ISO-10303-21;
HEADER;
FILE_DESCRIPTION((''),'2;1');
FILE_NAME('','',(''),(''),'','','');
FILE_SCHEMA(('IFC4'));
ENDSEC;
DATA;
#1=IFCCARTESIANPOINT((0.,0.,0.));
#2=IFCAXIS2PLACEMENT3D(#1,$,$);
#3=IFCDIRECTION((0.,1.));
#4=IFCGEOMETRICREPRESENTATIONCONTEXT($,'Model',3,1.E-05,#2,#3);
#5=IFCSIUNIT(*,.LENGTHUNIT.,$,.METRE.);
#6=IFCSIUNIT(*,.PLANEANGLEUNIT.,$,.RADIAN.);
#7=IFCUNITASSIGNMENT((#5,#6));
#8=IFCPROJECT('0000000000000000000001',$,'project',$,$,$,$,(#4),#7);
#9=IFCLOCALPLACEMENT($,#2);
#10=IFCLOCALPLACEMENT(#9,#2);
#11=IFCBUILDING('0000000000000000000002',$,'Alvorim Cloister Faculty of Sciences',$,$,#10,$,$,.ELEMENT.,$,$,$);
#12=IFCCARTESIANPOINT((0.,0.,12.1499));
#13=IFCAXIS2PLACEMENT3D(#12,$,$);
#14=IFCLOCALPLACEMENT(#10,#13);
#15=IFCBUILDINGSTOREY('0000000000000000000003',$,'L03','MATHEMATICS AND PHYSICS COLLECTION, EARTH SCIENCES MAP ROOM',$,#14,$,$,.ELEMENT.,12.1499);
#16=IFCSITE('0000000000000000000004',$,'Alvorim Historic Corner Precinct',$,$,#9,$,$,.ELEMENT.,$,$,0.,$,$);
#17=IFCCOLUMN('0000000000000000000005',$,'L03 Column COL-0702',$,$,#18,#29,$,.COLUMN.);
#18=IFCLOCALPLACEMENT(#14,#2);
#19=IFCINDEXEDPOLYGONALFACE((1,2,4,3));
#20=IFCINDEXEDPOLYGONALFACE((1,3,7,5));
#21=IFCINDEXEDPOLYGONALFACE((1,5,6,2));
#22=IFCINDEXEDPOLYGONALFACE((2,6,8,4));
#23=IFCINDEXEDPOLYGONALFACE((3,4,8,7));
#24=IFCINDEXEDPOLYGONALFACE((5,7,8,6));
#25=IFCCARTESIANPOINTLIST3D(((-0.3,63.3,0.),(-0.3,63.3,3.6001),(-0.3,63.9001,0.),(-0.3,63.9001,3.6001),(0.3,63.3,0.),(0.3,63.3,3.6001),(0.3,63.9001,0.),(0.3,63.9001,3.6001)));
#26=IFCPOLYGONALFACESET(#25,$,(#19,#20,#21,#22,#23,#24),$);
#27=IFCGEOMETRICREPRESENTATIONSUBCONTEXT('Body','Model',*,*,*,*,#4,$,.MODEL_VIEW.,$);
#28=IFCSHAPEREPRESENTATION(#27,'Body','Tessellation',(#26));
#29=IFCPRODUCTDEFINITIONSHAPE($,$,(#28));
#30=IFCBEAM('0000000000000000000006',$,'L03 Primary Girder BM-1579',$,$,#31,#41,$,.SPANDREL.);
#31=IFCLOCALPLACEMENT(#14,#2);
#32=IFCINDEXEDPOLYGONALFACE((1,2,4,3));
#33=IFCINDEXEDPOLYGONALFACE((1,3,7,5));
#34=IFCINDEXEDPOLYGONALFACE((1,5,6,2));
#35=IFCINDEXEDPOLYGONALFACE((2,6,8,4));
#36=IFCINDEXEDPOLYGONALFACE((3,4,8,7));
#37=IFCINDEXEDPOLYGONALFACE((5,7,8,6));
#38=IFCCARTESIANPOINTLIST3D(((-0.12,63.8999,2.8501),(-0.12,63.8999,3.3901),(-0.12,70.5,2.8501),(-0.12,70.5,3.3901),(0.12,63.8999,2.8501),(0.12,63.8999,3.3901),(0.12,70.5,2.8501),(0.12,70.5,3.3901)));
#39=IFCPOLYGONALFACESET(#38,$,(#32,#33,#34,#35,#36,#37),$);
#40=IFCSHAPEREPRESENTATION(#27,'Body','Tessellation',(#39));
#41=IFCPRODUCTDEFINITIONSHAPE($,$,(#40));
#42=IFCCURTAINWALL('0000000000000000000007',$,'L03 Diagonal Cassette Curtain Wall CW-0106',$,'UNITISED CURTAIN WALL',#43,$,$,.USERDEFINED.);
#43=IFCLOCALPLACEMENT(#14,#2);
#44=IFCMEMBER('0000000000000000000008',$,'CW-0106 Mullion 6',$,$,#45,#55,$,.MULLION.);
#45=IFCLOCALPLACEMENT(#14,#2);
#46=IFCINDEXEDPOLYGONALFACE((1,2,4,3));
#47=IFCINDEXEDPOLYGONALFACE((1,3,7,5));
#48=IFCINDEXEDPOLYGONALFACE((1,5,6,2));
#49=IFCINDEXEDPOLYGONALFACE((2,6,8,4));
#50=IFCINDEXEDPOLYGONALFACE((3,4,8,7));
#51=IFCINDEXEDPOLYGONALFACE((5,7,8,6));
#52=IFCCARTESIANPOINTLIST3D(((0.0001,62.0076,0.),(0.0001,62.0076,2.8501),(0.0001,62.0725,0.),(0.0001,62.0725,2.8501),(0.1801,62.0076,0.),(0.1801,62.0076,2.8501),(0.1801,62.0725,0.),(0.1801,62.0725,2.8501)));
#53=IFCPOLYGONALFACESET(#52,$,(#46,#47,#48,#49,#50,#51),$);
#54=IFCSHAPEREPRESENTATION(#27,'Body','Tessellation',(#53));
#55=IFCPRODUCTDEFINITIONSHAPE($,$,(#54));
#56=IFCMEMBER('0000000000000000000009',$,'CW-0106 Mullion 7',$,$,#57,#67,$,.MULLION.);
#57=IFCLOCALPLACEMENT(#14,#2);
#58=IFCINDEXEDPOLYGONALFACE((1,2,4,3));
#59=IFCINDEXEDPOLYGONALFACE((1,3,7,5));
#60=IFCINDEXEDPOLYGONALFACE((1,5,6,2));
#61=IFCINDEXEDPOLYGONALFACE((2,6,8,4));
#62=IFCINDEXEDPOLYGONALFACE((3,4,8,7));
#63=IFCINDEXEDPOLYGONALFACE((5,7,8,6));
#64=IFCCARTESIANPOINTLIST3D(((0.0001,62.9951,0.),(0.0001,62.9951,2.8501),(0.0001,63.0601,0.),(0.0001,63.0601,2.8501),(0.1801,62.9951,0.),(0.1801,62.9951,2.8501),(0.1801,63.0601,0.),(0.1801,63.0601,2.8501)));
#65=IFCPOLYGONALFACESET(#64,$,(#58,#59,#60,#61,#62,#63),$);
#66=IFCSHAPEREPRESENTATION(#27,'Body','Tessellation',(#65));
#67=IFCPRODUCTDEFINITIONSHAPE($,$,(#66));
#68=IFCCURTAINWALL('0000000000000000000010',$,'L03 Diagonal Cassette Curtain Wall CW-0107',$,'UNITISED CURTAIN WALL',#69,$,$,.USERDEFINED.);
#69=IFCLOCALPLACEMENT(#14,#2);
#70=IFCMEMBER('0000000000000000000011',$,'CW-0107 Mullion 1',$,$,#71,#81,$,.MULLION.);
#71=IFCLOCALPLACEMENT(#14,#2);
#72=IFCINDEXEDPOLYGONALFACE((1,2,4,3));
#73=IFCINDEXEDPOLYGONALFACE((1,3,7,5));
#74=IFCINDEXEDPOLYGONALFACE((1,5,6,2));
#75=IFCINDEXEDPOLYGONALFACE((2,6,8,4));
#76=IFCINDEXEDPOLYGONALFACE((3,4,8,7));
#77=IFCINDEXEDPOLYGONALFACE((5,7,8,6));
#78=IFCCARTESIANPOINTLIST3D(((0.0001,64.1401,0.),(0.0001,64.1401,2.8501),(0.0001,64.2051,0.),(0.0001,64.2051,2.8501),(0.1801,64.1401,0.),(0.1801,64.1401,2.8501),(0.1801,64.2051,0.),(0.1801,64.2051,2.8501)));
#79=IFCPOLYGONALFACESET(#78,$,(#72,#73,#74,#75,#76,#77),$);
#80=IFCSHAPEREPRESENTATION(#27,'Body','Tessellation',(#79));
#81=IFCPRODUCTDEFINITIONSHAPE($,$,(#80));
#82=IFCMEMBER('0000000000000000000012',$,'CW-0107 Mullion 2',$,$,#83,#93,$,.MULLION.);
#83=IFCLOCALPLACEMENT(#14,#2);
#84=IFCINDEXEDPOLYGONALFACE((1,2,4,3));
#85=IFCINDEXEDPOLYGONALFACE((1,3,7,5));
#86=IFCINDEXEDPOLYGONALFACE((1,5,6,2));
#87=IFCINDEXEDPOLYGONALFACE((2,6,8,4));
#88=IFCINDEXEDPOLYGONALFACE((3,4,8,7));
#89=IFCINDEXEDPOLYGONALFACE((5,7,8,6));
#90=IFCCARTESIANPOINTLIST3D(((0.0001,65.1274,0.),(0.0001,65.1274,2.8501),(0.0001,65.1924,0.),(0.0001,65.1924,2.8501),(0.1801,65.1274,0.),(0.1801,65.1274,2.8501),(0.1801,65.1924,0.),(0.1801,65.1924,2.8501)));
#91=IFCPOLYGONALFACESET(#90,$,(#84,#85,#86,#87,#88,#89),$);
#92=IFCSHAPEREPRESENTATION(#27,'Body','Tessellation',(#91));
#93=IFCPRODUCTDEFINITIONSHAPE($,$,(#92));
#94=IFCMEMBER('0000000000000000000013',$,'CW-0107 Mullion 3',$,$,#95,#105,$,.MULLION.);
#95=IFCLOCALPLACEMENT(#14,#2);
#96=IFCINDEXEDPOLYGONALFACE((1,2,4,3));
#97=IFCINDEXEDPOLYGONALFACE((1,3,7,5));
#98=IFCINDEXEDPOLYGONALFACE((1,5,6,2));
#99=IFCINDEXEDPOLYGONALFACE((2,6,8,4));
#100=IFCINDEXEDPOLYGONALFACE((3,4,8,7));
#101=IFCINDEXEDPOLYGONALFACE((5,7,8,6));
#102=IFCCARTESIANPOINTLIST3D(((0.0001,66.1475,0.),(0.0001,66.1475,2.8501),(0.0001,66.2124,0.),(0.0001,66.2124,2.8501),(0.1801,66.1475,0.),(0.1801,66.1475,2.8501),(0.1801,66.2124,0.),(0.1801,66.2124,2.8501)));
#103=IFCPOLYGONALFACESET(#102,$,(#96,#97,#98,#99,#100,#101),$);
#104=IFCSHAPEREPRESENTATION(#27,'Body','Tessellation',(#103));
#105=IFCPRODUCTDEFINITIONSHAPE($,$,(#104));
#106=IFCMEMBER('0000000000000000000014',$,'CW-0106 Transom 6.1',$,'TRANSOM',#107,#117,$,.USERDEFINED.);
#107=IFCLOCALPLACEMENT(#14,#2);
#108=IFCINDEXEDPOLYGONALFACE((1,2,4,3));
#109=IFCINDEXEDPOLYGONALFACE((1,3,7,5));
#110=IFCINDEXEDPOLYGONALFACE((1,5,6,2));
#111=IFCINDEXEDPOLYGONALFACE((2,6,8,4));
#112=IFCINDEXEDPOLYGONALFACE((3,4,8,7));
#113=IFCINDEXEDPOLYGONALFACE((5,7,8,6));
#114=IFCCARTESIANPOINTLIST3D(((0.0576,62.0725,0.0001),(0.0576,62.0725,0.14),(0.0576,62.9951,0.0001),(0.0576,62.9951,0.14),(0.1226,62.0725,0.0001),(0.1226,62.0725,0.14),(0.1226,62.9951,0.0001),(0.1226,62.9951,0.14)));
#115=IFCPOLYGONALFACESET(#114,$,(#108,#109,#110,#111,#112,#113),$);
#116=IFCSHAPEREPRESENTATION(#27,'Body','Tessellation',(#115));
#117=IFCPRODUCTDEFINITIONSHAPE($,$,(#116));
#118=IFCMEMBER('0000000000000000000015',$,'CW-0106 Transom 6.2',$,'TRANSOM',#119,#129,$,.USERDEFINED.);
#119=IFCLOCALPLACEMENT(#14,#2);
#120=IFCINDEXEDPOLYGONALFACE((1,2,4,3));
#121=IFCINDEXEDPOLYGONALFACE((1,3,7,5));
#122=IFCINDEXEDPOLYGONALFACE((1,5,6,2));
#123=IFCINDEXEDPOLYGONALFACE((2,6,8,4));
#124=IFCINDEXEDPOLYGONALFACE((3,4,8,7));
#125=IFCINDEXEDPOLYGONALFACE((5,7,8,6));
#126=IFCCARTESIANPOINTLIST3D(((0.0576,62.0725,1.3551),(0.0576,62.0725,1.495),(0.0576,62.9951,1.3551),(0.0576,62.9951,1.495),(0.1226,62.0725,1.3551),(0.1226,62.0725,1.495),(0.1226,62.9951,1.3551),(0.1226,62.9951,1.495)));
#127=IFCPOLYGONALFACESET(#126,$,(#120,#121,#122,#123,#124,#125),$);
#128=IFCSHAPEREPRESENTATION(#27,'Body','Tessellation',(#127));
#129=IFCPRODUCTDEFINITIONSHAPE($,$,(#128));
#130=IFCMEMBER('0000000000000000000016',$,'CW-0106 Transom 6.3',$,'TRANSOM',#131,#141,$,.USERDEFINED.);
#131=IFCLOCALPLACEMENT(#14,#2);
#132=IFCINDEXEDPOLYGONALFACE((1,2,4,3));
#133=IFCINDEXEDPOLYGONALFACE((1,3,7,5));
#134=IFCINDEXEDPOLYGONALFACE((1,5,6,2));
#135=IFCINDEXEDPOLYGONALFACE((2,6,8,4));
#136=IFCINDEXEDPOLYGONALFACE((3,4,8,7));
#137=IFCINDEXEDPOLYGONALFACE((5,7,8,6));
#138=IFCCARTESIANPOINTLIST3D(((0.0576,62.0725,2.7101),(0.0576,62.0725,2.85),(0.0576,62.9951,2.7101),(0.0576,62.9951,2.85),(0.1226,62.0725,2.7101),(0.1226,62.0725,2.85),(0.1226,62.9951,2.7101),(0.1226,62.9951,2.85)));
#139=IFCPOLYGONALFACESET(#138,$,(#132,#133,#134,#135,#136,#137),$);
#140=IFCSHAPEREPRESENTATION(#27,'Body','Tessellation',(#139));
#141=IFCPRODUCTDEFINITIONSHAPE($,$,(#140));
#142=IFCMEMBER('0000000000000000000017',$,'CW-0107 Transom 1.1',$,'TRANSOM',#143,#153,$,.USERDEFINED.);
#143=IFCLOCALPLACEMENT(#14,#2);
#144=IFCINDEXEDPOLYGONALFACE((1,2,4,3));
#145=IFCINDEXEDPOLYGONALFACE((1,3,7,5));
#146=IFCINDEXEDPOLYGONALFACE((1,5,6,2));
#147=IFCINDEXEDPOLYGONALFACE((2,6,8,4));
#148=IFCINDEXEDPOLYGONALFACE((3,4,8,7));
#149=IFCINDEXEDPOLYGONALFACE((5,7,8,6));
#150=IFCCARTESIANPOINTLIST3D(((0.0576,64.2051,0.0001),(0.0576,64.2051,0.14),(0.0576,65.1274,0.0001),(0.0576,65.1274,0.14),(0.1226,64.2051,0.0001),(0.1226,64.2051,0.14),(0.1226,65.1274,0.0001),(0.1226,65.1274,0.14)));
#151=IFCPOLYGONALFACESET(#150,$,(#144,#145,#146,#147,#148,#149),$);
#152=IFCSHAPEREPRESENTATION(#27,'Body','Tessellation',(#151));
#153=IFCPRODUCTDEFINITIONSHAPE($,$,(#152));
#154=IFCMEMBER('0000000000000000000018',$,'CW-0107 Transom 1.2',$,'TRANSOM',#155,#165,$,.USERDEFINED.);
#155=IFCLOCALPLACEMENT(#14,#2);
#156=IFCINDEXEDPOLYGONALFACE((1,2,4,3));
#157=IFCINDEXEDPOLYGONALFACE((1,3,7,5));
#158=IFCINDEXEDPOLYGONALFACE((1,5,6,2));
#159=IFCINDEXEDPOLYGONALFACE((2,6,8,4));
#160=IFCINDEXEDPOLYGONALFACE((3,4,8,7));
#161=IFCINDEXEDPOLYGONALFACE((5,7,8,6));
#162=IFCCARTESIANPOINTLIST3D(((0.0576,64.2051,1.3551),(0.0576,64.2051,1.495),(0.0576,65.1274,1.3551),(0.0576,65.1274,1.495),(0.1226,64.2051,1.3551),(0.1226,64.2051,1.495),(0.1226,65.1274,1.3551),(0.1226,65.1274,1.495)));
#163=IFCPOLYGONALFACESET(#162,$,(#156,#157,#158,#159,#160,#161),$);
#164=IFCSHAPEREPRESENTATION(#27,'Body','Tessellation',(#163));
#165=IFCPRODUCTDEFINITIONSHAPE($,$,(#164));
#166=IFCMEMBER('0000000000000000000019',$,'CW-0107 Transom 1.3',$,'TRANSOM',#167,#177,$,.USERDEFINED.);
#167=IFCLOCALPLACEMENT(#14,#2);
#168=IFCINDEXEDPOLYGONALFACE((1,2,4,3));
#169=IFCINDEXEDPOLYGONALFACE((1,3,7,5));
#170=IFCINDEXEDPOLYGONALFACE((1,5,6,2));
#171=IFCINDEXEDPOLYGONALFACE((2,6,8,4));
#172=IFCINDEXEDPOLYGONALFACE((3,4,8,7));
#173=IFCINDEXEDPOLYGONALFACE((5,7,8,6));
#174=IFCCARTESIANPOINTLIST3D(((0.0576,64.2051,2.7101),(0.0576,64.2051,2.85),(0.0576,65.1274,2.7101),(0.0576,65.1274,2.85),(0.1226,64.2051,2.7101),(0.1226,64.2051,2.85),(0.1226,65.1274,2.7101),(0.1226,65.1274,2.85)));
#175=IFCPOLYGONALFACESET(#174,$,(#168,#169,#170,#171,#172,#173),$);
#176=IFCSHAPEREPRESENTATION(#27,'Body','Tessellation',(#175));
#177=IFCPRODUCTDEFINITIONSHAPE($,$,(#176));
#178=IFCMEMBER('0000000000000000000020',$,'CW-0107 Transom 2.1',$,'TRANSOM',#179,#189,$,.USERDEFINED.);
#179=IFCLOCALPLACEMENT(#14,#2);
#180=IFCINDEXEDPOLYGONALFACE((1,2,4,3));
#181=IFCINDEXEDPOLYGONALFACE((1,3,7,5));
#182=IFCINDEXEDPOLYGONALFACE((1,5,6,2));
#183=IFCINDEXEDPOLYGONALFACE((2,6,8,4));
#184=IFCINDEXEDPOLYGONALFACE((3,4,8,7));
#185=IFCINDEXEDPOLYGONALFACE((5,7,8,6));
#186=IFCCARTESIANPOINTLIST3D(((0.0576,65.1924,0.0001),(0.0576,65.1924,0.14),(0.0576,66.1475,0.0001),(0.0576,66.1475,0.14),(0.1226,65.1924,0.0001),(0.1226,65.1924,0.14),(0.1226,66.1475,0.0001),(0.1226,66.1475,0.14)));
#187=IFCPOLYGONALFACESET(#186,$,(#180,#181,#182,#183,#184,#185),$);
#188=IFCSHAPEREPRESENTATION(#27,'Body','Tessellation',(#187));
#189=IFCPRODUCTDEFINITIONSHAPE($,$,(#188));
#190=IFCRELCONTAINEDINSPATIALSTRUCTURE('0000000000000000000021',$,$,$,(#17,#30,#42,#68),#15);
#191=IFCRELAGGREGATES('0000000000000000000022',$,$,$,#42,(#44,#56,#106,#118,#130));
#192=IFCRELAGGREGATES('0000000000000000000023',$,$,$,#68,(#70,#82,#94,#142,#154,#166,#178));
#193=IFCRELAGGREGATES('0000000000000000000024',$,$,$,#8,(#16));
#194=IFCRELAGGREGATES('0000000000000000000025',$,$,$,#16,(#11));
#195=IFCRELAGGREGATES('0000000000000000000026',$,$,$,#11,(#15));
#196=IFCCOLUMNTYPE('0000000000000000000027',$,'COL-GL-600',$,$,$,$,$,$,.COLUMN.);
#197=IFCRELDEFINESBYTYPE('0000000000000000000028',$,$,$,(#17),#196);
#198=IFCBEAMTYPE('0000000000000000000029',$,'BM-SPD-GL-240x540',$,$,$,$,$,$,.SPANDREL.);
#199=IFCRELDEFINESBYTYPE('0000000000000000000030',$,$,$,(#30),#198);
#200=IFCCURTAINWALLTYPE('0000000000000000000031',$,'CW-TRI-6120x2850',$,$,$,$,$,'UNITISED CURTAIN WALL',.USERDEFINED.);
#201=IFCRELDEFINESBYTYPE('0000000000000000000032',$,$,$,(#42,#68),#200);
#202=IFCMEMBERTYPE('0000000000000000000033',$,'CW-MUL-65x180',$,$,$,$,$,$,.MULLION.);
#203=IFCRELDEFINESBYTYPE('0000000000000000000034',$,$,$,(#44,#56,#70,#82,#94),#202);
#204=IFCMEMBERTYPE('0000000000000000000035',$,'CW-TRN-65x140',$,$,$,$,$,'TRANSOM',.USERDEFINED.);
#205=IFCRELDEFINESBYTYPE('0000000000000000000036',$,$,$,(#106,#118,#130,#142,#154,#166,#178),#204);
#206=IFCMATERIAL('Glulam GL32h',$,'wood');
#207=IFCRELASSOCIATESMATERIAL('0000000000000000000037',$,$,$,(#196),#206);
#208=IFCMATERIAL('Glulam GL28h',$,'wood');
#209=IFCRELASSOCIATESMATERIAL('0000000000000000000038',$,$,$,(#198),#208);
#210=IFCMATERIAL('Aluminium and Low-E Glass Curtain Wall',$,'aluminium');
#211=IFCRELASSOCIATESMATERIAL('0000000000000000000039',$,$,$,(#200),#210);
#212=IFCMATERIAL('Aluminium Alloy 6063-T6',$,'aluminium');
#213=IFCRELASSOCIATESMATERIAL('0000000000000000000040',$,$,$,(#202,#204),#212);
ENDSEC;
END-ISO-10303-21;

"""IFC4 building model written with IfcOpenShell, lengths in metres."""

from ifc_helpers import new_model, si_unit, direction, frame, origin, origin_2d, place, context, subcontext, project, spatial, rectangle, extrude, material, material_profile, profile_set, type_object, element, aggregate, save


model = new_model("IFC4")

# Units and contexts
model_context = context("Model", 3, precision=1e-05, world=origin(), true_north=direction((0.0, 1.0)))
body_context = subcontext(model_context, "Body", "Model", "MODEL_VIEW")
ifc_project = project(units=[si_unit("LENGTHUNIT", "METRE"), si_unit("PLANEANGLEUNIT", "RADIAN")], contexts=[model_context])

# Site, building, storey
site_placement = place(None, origin())
site = spatial("IfcSite", under=ifc_project, at=site_placement, Name="Alvorim Historic Corner Precinct", CompositionType="ELEMENT", RefElevation=0.0)
building_placement = place(site_placement, origin())
building = spatial("IfcBuilding", under=site, at=building_placement, Name="Alvorim Cloister Faculty of Sciences", CompositionType="ELEMENT")
storey_placement = place(building_placement, frame((0.0, 0.0, 12.1499)))
storey = spatial("IfcBuildingStorey", under=building, at=storey_placement, Name="L03", Description="MATHEMATICS AND PHYSICS COLLECTION, EARTH SCIENCES MAP ROOM", CompositionType="ELEMENT", Elevation=12.1499)

# Column
ifc_material_1 = material(Name="Glulam GL32h", Category="wood")
ifc_material_profile_1 = material_profile(ifc_material_1, rectangle(XDim=0.6001, YDim=0.6001, at=origin_2d()), Name="GL32-COL-600x600")
ifc_profile_set_1 = profile_set([ifc_material_profile_1], Name="Glulam GL32h")
column_type = type_object("IfcColumnType", Name="COL-GL-600", PredefinedType="COLUMN", material=ifc_profile_set_1)
column_placement = place(storey_placement, frame((0.0, 63.6001, 0.0), z_axis=(0.0, 0.0, 1.0), x_axis=(1.0, 0.0, 0.0)))
element("IfcColumn", 1, at=column_placement, inside=storey, type_object=column_type, Name="L03 Column COL-0702", PredefinedType="COLUMN", context=body_context, shape_type="SweptSolid", body=[
    extrude(rectangle(XDim=0.6001, YDim=0.6001, at=origin_2d()), origin(), (0.0, 0.0, 1.0), 3.6001),
])

# Beam
ifc_material_2 = material(Name="Glulam GL28h", Category="wood")
ifc_material_profile_2 = material_profile(ifc_material_2, rectangle(XDim=0.24, YDim=0.54, at=origin_2d()), Name="GL28-SPD-240x540")
ifc_profile_set_2 = profile_set([ifc_material_profile_2], Name="Glulam GL28h")
beam_type = type_object("IfcBeamType", Name="BM-SPD-GL-240x540", PredefinedType="SPANDREL", material=ifc_profile_set_2)
beam_placement = place(storey_placement, frame((0.0, 63.8999, 3.1201), z_axis=(0.0, 1.0, 0.0), x_axis=(-1.0, 0.0, 0.0)))
element("IfcBeam", 2, at=beam_placement, inside=storey, type_object=beam_type, Name="L03 Primary Girder BM-1579", PredefinedType="SPANDREL", context=body_context, shape_type="SweptSolid", body=[
    extrude(rectangle(XDim=0.24, YDim=0.54, at=origin_2d()), origin(), (0.0, 0.0, 1.0), 6.6001),
])

# Curtain walls, members
ifc_material_3 = material(Name="Aluminium and Low-E Glass Curtain Wall", Category="aluminium")
curtain_wall_type = type_object("IfcCurtainWallType", Name="CW-TRI-6120x2850", ElementType="UNITISED CURTAIN WALL", PredefinedType="USERDEFINED", material=ifc_material_3)
curtain_wall_1_placement = place(storey_placement, origin())
curtain_wall_1 = element("IfcCurtainWall", 3, at=curtain_wall_1_placement, inside=storey, type_object=curtain_wall_type, Name="L03 Diagonal Cassette Curtain Wall CW-0106", ObjectType="UNITISED CURTAIN WALL", PredefinedType="USERDEFINED")
ifc_material_4 = material(Name="Aluminium Alloy 6063-T6", Category="aluminium")
ifc_material_profile_3 = material_profile(ifc_material_4, rectangle(XDim=0.0649, YDim=0.1799, at=origin_2d()), Name="ALU-MUL-65x180")
ifc_profile_set_3 = profile_set([ifc_material_profile_3], Name="Aluminium Alloy 6063-T6")
member_type_1 = type_object("IfcMemberType", Name="CW-MUL-65x180", PredefinedType="MULLION", material=ifc_profile_set_3)
member_1_placement = place(storey_placement, frame((0.0901, 62.04, 0.0), z_axis=(0.0, 0.0, 1.0), x_axis=(0.0, 1.0, 0.0)))
member_1 = element("IfcMember", 4, at=member_1_placement, type_object=member_type_1, Name="CW-0106 Mullion 6", PredefinedType="MULLION", context=body_context, shape_type="SweptSolid", body=[
    extrude(rectangle(XDim=0.0649, YDim=0.1799, at=origin_2d()), origin(), (0.0, 0.0, 1.0), 2.8501),
])
member_2_placement = place(storey_placement, frame((0.0901, 63.0276, 0.0), z_axis=(0.0, 0.0, 1.0), x_axis=(0.0, 1.0, 0.0)))
member_2 = element("IfcMember", 5, at=member_2_placement, type_object=member_type_1, Name="CW-0106 Mullion 7", PredefinedType="MULLION", context=body_context, shape_type="SweptSolid", body=[
    extrude(rectangle(XDim=0.0649, YDim=0.1799, at=origin_2d()), origin(), (0.0, 0.0, 1.0), 2.8501),
])
curtain_wall_2_placement = place(storey_placement, origin())
curtain_wall_2 = element("IfcCurtainWall", 6, at=curtain_wall_2_placement, inside=storey, type_object=curtain_wall_type, Name="L03 Diagonal Cassette Curtain Wall CW-0107", ObjectType="UNITISED CURTAIN WALL", PredefinedType="USERDEFINED")
member_3_placement = place(storey_placement, frame((0.0901, 64.1726, 0.0), z_axis=(0.0, 0.0, 1.0), x_axis=(0.0, 1.0, 0.0)))
member_3 = element("IfcMember", 7, at=member_3_placement, type_object=member_type_1, Name="CW-0107 Mullion 1", PredefinedType="MULLION", context=body_context, shape_type="SweptSolid", body=[
    extrude(rectangle(XDim=0.0649, YDim=0.1799, at=origin_2d()), origin(), (0.0, 0.0, 1.0), 2.8501),
])
member_4_placement = place(storey_placement, frame((0.0901, 65.1599, 0.0), z_axis=(0.0, 0.0, 1.0), x_axis=(0.0, 1.0, 0.0)))
member_4 = element("IfcMember", 8, at=member_4_placement, type_object=member_type_1, Name="CW-0107 Mullion 2", PredefinedType="MULLION", context=body_context, shape_type="SweptSolid", body=[
    extrude(rectangle(XDim=0.0649, YDim=0.1799, at=origin_2d()), origin(), (0.0, 0.0, 1.0), 2.8501),
])
member_5_placement = place(storey_placement, frame((0.0901, 66.1799, 0.0), z_axis=(0.0, 0.0, 1.0), x_axis=(0.0, 1.0, 0.0)))
member_5 = element("IfcMember", 9, at=member_5_placement, type_object=member_type_1, Name="CW-0107 Mullion 3", PredefinedType="MULLION", context=body_context, shape_type="SweptSolid", body=[
    extrude(rectangle(XDim=0.0649, YDim=0.1799, at=origin_2d()), origin(), (0.0, 0.0, 1.0), 2.8501),
])

# Members
ifc_material_profile_4 = material_profile(ifc_material_4, rectangle(XDim=0.0649, YDim=0.1399, at=origin_2d()), Name="ALU-TRN-65x140")
ifc_profile_set_4 = profile_set([ifc_material_profile_4], Name="Aluminium Alloy 6063-T6")
member_type_2 = type_object("IfcMemberType", Name="CW-TRN-65x140", ElementType="TRANSOM", PredefinedType="USERDEFINED", material=ifc_profile_set_4)
member_6_placement = place(storey_placement, frame((0.0901, 62.0725, 0.0701), z_axis=(0.0, 1.0, 0.0), x_axis=(-1.0, 0.0, 0.0)))
member_6 = element("IfcMember", 10, at=member_6_placement, type_object=member_type_2, Name="CW-0106 Transom 6.1", ObjectType="TRANSOM", PredefinedType="USERDEFINED", context=body_context, shape_type="SweptSolid", body=[
    extrude(rectangle(XDim=0.0649, YDim=0.1399, at=origin_2d()), origin(), (0.0, 0.0, 1.0), 0.9226),
])
member_7_placement = place(storey_placement, frame((0.0901, 62.0725, 1.425), z_axis=(0.0, 1.0, 0.0), x_axis=(-1.0, 0.0, 0.0)))
member_7 = element("IfcMember", 11, at=member_7_placement, type_object=member_type_2, Name="CW-0106 Transom 6.2", ObjectType="TRANSOM", PredefinedType="USERDEFINED", context=body_context, shape_type="SweptSolid", body=[
    extrude(rectangle(XDim=0.0649, YDim=0.1399, at=origin_2d()), origin(), (0.0, 0.0, 1.0), 0.9226),
])
member_8_placement = place(storey_placement, frame((0.0901, 62.0725, 2.78), z_axis=(0.0, 1.0, 0.0), x_axis=(-1.0, 0.0, 0.0)))
member_8 = element("IfcMember", 12, at=member_8_placement, type_object=member_type_2, Name="CW-0106 Transom 6.3", ObjectType="TRANSOM", PredefinedType="USERDEFINED", context=body_context, shape_type="SweptSolid", body=[
    extrude(rectangle(XDim=0.0649, YDim=0.1399, at=origin_2d()), origin(), (0.0, 0.0, 1.0), 0.9226),
])
member_9_placement = place(storey_placement, frame((0.0901, 64.2051, 0.0701), z_axis=(0.0, 1.0, 0.0), x_axis=(-1.0, 0.0, 0.0)))
member_9 = element("IfcMember", 13, at=member_9_placement, type_object=member_type_2, Name="CW-0107 Transom 1.1", ObjectType="TRANSOM", PredefinedType="USERDEFINED", context=body_context, shape_type="SweptSolid", body=[
    extrude(rectangle(XDim=0.0649, YDim=0.1399, at=origin_2d()), origin(), (0.0, 0.0, 1.0), 0.9224),
])
member_10_placement = place(storey_placement, frame((0.0901, 64.2051, 1.425), z_axis=(0.0, 1.0, 0.0), x_axis=(-1.0, 0.0, 0.0)))
member_10 = element("IfcMember", 14, at=member_10_placement, type_object=member_type_2, Name="CW-0107 Transom 1.2", ObjectType="TRANSOM", PredefinedType="USERDEFINED", context=body_context, shape_type="SweptSolid", body=[
    extrude(rectangle(XDim=0.0649, YDim=0.1399, at=origin_2d()), origin(), (0.0, 0.0, 1.0), 0.9224),
])
member_11_placement = place(storey_placement, frame((0.0901, 64.2051, 2.78), z_axis=(0.0, 1.0, 0.0), x_axis=(-1.0, 0.0, 0.0)))
member_11 = element("IfcMember", 15, at=member_11_placement, type_object=member_type_2, Name="CW-0107 Transom 1.3", ObjectType="TRANSOM", PredefinedType="USERDEFINED", context=body_context, shape_type="SweptSolid", body=[
    extrude(rectangle(XDim=0.0649, YDim=0.1399, at=origin_2d()), origin(), (0.0, 0.0, 1.0), 0.9224),
])
member_12_placement = place(storey_placement, frame((0.0901, 65.1924, 0.0701), z_axis=(0.0, 1.0, 0.0), x_axis=(-1.0, 0.0, 0.0)))
member_12 = element("IfcMember", 16, at=member_12_placement, type_object=member_type_2, Name="CW-0107 Transom 2.1", ObjectType="TRANSOM", PredefinedType="USERDEFINED", context=body_context, shape_type="SweptSolid", body=[
    extrude(rectangle(XDim=0.0649, YDim=0.1399, at=origin_2d()), origin(), (0.0, 0.0, 1.0), 0.9551),
])

aggregate(curtain_wall_1, [member_1, member_2, member_6, member_7, member_8])
aggregate(curtain_wall_2, [member_3, member_4, member_5, member_9, member_10, member_11, member_12])

save(model, "model.ifc")
